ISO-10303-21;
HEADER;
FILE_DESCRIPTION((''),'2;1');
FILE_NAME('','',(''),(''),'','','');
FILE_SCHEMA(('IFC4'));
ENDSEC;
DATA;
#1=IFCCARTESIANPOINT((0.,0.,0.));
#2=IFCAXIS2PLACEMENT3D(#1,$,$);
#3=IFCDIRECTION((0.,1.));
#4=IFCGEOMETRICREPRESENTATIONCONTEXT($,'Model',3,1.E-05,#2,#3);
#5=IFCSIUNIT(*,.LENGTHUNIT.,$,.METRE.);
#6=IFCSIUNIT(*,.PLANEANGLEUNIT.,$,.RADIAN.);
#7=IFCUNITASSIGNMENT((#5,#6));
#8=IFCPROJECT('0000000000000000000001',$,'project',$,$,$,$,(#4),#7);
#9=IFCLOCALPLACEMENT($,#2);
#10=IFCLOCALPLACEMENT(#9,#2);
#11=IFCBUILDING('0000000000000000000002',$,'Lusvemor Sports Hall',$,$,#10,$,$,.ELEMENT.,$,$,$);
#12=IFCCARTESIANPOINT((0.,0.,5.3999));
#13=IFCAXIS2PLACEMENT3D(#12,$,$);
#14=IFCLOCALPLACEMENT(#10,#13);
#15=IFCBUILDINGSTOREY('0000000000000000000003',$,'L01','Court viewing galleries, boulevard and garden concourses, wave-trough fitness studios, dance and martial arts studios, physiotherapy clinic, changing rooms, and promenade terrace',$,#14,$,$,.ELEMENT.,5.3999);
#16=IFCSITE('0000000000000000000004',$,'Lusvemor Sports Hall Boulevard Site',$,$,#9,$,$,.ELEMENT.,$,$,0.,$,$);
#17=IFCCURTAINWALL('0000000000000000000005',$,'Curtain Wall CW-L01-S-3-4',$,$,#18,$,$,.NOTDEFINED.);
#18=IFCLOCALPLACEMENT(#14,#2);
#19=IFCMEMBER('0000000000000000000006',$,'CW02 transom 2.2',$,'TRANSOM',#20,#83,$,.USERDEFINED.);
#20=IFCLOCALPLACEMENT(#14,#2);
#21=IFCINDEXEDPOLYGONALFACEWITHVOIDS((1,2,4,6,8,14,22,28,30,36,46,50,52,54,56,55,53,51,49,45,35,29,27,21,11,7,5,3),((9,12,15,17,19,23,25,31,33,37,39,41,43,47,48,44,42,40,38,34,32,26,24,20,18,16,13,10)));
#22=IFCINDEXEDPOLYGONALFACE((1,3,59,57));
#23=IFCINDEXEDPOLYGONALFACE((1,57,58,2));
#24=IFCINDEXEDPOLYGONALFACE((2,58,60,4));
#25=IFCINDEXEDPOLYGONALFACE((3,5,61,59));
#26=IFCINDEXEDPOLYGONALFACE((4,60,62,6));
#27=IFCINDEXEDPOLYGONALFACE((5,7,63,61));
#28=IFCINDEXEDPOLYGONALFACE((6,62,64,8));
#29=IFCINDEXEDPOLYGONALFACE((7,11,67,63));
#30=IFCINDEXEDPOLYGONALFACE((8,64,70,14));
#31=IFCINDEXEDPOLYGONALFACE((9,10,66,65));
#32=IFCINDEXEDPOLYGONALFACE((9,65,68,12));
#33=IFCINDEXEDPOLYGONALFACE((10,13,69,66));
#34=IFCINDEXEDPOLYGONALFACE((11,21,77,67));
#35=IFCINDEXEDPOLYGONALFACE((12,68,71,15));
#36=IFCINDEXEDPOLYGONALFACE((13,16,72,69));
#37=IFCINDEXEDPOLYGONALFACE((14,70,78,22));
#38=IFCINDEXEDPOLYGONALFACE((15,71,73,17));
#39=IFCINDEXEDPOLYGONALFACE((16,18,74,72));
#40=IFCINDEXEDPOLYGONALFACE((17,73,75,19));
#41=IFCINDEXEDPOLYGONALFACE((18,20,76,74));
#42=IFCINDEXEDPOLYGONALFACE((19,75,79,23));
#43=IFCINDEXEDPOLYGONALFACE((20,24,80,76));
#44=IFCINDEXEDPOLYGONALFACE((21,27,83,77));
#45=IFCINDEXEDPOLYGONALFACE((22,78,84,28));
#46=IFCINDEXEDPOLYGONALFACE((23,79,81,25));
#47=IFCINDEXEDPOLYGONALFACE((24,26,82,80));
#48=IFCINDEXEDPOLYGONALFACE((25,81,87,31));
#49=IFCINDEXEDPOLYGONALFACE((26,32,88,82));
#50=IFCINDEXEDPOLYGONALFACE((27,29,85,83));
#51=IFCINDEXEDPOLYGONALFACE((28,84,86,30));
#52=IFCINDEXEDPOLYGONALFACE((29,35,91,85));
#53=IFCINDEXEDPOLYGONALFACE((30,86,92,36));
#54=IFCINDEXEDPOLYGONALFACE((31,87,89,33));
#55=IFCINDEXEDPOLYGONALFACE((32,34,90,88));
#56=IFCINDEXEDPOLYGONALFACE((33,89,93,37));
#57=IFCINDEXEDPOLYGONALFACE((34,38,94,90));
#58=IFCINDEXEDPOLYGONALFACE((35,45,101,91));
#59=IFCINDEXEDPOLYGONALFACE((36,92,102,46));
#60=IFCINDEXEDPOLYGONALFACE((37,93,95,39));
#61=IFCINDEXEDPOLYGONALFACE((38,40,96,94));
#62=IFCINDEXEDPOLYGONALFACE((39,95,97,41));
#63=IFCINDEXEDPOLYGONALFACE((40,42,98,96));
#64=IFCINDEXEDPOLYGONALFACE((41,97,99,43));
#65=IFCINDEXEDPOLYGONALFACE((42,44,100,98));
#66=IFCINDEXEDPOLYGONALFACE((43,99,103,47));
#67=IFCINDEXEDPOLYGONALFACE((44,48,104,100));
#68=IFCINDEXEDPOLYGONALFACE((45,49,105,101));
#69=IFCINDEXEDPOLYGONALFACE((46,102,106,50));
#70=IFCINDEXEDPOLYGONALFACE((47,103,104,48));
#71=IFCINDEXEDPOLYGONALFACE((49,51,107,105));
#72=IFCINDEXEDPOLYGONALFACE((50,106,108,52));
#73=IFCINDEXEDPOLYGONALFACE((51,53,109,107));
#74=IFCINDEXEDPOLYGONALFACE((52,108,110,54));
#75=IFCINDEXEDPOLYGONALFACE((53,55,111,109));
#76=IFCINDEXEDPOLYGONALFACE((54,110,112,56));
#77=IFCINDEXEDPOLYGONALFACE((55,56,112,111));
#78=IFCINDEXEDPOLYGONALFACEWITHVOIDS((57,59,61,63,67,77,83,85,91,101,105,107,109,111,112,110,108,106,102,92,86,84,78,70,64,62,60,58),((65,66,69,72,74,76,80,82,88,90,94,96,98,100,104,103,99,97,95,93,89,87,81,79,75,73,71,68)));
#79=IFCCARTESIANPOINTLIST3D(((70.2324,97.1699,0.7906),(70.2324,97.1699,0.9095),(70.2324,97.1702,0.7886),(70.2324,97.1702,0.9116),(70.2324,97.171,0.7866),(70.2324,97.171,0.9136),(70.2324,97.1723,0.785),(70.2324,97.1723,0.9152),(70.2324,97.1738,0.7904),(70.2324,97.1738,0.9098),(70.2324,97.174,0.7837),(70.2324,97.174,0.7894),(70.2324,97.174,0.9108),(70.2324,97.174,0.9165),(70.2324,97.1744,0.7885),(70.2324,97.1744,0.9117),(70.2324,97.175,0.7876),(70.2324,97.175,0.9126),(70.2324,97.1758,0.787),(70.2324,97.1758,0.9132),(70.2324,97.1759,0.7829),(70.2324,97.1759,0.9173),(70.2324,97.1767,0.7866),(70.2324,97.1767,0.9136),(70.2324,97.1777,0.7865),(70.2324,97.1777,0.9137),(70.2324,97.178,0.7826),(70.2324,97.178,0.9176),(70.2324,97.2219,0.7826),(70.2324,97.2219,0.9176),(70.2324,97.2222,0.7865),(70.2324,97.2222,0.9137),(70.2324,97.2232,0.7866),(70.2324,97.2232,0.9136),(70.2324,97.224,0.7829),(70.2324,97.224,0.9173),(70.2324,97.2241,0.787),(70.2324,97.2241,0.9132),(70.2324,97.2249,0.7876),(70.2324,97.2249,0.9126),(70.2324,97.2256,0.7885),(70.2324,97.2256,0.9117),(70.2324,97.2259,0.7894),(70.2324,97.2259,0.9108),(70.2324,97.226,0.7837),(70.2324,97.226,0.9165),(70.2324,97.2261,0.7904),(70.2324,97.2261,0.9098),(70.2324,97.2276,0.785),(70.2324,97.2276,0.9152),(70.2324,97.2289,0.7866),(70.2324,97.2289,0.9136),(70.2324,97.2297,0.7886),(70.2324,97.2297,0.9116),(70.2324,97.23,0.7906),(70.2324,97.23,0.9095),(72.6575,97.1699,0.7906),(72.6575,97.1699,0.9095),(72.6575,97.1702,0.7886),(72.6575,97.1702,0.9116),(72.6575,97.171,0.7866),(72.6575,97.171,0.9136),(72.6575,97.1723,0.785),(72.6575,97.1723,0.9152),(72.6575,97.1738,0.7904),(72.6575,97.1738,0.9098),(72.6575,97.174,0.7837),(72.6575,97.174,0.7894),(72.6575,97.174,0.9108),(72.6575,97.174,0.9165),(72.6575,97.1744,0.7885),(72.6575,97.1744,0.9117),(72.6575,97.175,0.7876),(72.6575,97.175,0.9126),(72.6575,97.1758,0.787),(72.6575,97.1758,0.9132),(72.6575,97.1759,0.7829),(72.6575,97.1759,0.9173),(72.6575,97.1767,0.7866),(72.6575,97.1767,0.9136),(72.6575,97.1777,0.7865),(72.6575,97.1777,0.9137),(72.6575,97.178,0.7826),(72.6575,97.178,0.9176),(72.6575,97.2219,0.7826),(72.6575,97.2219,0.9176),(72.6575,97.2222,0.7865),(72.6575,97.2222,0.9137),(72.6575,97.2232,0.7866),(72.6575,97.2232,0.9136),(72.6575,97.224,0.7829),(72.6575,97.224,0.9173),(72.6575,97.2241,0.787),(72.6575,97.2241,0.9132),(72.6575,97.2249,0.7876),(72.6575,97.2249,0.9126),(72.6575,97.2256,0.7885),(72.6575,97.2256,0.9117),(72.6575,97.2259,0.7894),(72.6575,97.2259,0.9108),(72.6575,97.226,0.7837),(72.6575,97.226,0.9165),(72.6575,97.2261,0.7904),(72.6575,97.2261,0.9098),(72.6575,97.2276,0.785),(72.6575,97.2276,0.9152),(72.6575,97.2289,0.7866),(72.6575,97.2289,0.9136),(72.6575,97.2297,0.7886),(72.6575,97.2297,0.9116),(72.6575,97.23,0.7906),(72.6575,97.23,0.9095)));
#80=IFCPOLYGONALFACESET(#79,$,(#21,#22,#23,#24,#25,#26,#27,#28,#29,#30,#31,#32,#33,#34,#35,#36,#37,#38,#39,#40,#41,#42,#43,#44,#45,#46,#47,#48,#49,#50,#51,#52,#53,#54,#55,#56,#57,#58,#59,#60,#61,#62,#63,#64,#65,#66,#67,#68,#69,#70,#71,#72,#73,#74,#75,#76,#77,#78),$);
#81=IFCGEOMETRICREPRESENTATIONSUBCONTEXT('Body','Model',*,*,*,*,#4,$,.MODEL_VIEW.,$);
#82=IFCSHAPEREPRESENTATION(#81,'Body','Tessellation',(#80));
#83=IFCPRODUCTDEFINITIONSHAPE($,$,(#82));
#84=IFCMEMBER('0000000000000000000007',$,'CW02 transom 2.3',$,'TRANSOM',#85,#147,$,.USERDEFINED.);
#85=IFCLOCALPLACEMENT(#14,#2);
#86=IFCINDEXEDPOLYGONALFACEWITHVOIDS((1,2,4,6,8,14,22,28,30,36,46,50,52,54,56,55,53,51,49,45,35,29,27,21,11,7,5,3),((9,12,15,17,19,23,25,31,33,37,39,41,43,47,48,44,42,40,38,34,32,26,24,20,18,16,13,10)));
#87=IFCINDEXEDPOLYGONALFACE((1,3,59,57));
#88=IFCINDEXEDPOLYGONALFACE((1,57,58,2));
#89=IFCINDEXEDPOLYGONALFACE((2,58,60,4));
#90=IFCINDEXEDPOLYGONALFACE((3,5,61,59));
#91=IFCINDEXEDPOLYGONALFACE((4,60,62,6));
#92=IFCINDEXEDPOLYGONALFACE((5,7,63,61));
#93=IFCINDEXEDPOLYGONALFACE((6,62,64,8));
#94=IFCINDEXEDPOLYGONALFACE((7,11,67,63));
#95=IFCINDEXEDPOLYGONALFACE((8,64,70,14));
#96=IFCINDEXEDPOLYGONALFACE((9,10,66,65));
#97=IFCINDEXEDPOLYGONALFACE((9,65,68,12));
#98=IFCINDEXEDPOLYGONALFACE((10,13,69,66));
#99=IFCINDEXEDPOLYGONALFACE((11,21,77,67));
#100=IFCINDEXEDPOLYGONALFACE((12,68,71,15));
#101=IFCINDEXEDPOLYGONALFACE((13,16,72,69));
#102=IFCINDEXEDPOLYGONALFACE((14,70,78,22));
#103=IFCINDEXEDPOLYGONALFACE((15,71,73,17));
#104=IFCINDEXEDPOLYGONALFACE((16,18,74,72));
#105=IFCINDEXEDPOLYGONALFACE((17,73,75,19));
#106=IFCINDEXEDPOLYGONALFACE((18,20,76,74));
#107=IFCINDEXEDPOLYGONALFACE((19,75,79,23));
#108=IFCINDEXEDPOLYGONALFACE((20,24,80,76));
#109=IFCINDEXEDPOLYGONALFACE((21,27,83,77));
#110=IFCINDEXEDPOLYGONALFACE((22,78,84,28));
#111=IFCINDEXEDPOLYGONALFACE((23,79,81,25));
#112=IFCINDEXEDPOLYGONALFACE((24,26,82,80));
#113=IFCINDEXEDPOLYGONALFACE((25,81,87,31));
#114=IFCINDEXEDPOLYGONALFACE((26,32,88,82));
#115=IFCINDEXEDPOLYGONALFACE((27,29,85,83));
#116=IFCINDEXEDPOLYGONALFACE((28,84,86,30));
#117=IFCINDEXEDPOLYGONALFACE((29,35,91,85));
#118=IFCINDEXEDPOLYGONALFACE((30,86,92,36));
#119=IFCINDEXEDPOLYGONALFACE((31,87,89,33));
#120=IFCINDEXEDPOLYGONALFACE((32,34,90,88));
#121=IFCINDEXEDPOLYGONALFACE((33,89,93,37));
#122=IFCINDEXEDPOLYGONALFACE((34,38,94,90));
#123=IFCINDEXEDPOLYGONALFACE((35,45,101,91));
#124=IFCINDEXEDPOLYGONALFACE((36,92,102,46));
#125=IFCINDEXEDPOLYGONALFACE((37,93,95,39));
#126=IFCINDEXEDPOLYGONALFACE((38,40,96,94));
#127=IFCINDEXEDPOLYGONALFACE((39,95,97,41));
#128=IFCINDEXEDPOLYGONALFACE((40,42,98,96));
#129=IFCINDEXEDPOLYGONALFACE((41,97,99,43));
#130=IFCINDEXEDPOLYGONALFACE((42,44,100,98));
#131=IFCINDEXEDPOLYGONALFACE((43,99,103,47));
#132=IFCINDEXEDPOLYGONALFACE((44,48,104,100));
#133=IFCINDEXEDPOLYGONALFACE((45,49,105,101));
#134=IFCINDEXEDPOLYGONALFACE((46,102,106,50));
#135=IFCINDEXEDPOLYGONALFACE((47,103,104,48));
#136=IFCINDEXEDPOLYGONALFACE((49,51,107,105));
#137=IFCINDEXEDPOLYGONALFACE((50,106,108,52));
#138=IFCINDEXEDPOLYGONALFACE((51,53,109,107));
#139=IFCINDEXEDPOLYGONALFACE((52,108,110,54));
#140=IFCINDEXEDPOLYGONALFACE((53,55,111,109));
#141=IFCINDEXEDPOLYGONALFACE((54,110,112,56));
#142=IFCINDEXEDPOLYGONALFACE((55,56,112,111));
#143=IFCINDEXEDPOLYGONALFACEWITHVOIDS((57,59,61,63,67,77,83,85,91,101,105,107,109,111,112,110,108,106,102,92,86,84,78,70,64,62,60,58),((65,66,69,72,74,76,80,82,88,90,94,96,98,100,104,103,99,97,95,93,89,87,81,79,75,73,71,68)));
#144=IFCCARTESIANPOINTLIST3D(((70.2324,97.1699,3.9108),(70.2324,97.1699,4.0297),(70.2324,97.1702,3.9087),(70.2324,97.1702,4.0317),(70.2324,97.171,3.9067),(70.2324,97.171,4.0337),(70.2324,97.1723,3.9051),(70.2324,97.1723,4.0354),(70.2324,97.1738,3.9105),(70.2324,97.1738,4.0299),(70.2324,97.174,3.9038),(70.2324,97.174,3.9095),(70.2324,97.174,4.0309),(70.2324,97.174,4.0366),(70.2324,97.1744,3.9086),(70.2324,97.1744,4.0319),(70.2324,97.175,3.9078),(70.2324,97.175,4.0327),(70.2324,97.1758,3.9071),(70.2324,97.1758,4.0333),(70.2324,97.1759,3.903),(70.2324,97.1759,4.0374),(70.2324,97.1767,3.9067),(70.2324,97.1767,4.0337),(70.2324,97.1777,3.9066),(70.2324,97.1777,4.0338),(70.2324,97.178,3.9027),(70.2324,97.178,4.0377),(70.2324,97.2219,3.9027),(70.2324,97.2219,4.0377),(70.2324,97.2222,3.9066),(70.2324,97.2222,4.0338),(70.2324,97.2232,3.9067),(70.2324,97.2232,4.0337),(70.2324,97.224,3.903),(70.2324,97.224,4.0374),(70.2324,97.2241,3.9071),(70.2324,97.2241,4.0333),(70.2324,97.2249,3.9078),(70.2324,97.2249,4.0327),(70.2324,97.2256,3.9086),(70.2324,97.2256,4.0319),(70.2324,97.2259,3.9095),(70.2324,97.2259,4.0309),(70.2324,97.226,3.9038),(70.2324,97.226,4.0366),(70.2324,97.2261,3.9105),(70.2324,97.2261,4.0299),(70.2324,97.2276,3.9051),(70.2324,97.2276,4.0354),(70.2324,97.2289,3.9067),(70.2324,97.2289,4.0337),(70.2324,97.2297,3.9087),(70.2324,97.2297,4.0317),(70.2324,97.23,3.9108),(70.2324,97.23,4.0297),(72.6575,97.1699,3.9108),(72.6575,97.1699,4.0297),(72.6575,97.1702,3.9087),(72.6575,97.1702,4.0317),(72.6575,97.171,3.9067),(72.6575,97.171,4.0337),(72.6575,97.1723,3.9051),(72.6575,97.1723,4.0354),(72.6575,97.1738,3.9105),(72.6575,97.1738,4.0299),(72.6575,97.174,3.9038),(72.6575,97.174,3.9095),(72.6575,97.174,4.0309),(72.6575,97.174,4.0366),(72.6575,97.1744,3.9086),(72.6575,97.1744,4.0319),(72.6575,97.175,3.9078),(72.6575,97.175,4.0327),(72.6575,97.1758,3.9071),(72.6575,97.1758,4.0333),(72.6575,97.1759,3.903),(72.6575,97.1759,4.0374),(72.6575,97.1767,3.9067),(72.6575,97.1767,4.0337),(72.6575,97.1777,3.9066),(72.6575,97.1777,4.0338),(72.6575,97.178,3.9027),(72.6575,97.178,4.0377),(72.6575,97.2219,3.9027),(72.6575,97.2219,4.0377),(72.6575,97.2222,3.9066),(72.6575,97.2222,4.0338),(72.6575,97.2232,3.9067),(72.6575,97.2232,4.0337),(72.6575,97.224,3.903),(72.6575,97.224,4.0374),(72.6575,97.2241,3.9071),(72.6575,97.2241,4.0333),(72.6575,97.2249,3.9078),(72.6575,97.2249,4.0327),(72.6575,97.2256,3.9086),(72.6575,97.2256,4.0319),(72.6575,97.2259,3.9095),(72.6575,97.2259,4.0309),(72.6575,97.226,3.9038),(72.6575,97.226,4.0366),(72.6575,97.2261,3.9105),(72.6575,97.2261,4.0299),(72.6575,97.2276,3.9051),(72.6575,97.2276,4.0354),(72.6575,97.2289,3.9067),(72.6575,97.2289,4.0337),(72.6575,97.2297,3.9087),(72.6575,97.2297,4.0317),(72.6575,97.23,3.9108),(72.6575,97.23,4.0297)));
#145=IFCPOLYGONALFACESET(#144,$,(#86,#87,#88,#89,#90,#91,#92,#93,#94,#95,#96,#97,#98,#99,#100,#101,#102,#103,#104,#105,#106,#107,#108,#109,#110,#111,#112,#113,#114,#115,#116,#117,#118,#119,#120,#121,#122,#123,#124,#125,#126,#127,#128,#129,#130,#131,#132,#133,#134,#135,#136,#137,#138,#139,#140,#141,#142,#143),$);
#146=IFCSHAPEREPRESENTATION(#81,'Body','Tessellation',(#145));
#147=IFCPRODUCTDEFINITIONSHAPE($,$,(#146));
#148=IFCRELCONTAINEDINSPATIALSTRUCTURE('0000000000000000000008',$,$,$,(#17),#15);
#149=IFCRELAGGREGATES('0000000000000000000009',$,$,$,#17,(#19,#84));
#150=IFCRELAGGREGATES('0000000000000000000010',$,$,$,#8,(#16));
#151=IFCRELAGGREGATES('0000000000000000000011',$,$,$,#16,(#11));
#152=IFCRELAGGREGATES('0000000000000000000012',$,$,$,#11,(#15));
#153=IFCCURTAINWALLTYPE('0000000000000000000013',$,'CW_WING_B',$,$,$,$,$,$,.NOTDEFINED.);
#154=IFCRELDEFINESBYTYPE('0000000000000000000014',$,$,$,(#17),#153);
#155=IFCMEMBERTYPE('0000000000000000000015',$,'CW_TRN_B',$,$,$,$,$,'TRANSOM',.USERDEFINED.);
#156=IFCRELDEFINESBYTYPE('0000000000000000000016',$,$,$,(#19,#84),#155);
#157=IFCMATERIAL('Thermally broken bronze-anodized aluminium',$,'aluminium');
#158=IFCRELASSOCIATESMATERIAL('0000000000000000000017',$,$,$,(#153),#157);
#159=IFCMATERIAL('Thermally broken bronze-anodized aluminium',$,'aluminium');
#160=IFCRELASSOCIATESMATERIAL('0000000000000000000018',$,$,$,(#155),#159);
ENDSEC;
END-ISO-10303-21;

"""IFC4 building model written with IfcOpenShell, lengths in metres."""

from ifc_helpers import new_model, si_unit, direction, frame, origin, origin_2d, place, context, subcontext, project, spatial, hollow_rectangle, extrude, material, material_profile, profile_set, type_object, element, aggregate, save


model = new_model("IFC4")

# Units and contexts
model_context = context("Model", 3, precision=1e-05, world=origin(), true_north=direction((0.0, 1.0)))
body_context = subcontext(model_context, "Body", "Model", "MODEL_VIEW")
ifc_project = project(units=[si_unit("LENGTHUNIT", "METRE"), si_unit("PLANEANGLEUNIT", "RADIAN")], contexts=[model_context])

# Site, building, storey
site_placement = place(None, origin())
site = spatial("IfcSite", under=ifc_project, at=site_placement, Name="Lusvemor Sports Hall Boulevard Site", CompositionType="ELEMENT", RefElevation=0.0)
building_placement = place(site_placement, origin())
building = spatial("IfcBuilding", under=site, at=building_placement, Name="Lusvemor Sports Hall", CompositionType="ELEMENT")
storey_placement = place(building_placement, frame((0.0, 0.0, 5.3999)))
storey = spatial("IfcBuildingStorey", under=building, at=storey_placement, Name="L01", Description="Court viewing galleries, boulevard and garden concourses, wave-trough fitness studios, dance and martial arts studios, physiotherapy clinic, changing rooms, and promenade terrace", CompositionType="ELEMENT", Elevation=5.3999)

# Curtain wall
ifc_material_1 = material(Name="Thermally broken bronze-anodized aluminium", Category="aluminium")
curtain_wall_type = type_object("IfcCurtainWallType", Name="CW_WING_B", PredefinedType="NOTDEFINED", material=ifc_material_1)
curtain_wall_1_placement = place(storey_placement, origin())
curtain_wall_1 = element("IfcCurtainWall", 1, at=curtain_wall_1_placement, inside=storey, type_object=curtain_wall_type, Name="Curtain Wall CW-L01-S-3-4", PredefinedType="NOTDEFINED")

# Members
ifc_material_2 = material(Name="Thermally broken bronze-anodized aluminium", Category="aluminium")
ifc_material_profile_1 = material_profile(ifc_material_2, hollow_rectangle(XDim=0.0601, YDim=0.135, WallThickness=0.0039, InnerFilletRadius=0.0039, OuterFilletRadius=0.0081, at=origin_2d()), Name="CWTRN135x60x4")
ifc_profile_set_1 = profile_set([ifc_material_profile_1], Name="Thermally broken bronze-anodized aluminium")
member_type_1 = type_object("IfcMemberType", Name="CW_TRN_B", ElementType="TRANSOM", PredefinedType="USERDEFINED", material=ifc_profile_set_1)
member_1_placement = place(storey_placement, frame((72.6575, 97.2, 0.8501), z_axis=(-1.0, 0.0, 0.0), x_axis=(0.0, -1.0, 0.0)))
member_1 = element("IfcMember", 2, at=member_1_placement, type_object=member_type_1, Name="CW02 transom 2.2", ObjectType="TRANSOM", PredefinedType="USERDEFINED", context=body_context, shape_type="SweptSolid", body=[
    extrude(hollow_rectangle(XDim=0.0601, YDim=0.135, WallThickness=0.0039, InnerFilletRadius=0.0039, OuterFilletRadius=0.0081, at=origin_2d()), origin(), (0.0, 0.0, 1.0), 2.425),
])
member_2_placement = place(storey_placement, frame((72.6575, 97.2, 3.9702), z_axis=(-1.0, 0.0, 0.0), x_axis=(0.0, -1.0, 0.0)))
member_2 = element("IfcMember", 3, at=member_2_placement, type_object=member_type_1, Name="CW02 transom 2.3", ObjectType="TRANSOM", PredefinedType="USERDEFINED", context=body_context, shape_type="SweptSolid", body=[
    extrude(hollow_rectangle(XDim=0.0601, YDim=0.135, WallThickness=0.0039, InnerFilletRadius=0.0039, OuterFilletRadius=0.0081, at=origin_2d()), origin(), (0.0, 0.0, 1.0), 2.425),
])

aggregate(curtain_wall_1, [member_1, member_2])

save(model, "model.ifc")
